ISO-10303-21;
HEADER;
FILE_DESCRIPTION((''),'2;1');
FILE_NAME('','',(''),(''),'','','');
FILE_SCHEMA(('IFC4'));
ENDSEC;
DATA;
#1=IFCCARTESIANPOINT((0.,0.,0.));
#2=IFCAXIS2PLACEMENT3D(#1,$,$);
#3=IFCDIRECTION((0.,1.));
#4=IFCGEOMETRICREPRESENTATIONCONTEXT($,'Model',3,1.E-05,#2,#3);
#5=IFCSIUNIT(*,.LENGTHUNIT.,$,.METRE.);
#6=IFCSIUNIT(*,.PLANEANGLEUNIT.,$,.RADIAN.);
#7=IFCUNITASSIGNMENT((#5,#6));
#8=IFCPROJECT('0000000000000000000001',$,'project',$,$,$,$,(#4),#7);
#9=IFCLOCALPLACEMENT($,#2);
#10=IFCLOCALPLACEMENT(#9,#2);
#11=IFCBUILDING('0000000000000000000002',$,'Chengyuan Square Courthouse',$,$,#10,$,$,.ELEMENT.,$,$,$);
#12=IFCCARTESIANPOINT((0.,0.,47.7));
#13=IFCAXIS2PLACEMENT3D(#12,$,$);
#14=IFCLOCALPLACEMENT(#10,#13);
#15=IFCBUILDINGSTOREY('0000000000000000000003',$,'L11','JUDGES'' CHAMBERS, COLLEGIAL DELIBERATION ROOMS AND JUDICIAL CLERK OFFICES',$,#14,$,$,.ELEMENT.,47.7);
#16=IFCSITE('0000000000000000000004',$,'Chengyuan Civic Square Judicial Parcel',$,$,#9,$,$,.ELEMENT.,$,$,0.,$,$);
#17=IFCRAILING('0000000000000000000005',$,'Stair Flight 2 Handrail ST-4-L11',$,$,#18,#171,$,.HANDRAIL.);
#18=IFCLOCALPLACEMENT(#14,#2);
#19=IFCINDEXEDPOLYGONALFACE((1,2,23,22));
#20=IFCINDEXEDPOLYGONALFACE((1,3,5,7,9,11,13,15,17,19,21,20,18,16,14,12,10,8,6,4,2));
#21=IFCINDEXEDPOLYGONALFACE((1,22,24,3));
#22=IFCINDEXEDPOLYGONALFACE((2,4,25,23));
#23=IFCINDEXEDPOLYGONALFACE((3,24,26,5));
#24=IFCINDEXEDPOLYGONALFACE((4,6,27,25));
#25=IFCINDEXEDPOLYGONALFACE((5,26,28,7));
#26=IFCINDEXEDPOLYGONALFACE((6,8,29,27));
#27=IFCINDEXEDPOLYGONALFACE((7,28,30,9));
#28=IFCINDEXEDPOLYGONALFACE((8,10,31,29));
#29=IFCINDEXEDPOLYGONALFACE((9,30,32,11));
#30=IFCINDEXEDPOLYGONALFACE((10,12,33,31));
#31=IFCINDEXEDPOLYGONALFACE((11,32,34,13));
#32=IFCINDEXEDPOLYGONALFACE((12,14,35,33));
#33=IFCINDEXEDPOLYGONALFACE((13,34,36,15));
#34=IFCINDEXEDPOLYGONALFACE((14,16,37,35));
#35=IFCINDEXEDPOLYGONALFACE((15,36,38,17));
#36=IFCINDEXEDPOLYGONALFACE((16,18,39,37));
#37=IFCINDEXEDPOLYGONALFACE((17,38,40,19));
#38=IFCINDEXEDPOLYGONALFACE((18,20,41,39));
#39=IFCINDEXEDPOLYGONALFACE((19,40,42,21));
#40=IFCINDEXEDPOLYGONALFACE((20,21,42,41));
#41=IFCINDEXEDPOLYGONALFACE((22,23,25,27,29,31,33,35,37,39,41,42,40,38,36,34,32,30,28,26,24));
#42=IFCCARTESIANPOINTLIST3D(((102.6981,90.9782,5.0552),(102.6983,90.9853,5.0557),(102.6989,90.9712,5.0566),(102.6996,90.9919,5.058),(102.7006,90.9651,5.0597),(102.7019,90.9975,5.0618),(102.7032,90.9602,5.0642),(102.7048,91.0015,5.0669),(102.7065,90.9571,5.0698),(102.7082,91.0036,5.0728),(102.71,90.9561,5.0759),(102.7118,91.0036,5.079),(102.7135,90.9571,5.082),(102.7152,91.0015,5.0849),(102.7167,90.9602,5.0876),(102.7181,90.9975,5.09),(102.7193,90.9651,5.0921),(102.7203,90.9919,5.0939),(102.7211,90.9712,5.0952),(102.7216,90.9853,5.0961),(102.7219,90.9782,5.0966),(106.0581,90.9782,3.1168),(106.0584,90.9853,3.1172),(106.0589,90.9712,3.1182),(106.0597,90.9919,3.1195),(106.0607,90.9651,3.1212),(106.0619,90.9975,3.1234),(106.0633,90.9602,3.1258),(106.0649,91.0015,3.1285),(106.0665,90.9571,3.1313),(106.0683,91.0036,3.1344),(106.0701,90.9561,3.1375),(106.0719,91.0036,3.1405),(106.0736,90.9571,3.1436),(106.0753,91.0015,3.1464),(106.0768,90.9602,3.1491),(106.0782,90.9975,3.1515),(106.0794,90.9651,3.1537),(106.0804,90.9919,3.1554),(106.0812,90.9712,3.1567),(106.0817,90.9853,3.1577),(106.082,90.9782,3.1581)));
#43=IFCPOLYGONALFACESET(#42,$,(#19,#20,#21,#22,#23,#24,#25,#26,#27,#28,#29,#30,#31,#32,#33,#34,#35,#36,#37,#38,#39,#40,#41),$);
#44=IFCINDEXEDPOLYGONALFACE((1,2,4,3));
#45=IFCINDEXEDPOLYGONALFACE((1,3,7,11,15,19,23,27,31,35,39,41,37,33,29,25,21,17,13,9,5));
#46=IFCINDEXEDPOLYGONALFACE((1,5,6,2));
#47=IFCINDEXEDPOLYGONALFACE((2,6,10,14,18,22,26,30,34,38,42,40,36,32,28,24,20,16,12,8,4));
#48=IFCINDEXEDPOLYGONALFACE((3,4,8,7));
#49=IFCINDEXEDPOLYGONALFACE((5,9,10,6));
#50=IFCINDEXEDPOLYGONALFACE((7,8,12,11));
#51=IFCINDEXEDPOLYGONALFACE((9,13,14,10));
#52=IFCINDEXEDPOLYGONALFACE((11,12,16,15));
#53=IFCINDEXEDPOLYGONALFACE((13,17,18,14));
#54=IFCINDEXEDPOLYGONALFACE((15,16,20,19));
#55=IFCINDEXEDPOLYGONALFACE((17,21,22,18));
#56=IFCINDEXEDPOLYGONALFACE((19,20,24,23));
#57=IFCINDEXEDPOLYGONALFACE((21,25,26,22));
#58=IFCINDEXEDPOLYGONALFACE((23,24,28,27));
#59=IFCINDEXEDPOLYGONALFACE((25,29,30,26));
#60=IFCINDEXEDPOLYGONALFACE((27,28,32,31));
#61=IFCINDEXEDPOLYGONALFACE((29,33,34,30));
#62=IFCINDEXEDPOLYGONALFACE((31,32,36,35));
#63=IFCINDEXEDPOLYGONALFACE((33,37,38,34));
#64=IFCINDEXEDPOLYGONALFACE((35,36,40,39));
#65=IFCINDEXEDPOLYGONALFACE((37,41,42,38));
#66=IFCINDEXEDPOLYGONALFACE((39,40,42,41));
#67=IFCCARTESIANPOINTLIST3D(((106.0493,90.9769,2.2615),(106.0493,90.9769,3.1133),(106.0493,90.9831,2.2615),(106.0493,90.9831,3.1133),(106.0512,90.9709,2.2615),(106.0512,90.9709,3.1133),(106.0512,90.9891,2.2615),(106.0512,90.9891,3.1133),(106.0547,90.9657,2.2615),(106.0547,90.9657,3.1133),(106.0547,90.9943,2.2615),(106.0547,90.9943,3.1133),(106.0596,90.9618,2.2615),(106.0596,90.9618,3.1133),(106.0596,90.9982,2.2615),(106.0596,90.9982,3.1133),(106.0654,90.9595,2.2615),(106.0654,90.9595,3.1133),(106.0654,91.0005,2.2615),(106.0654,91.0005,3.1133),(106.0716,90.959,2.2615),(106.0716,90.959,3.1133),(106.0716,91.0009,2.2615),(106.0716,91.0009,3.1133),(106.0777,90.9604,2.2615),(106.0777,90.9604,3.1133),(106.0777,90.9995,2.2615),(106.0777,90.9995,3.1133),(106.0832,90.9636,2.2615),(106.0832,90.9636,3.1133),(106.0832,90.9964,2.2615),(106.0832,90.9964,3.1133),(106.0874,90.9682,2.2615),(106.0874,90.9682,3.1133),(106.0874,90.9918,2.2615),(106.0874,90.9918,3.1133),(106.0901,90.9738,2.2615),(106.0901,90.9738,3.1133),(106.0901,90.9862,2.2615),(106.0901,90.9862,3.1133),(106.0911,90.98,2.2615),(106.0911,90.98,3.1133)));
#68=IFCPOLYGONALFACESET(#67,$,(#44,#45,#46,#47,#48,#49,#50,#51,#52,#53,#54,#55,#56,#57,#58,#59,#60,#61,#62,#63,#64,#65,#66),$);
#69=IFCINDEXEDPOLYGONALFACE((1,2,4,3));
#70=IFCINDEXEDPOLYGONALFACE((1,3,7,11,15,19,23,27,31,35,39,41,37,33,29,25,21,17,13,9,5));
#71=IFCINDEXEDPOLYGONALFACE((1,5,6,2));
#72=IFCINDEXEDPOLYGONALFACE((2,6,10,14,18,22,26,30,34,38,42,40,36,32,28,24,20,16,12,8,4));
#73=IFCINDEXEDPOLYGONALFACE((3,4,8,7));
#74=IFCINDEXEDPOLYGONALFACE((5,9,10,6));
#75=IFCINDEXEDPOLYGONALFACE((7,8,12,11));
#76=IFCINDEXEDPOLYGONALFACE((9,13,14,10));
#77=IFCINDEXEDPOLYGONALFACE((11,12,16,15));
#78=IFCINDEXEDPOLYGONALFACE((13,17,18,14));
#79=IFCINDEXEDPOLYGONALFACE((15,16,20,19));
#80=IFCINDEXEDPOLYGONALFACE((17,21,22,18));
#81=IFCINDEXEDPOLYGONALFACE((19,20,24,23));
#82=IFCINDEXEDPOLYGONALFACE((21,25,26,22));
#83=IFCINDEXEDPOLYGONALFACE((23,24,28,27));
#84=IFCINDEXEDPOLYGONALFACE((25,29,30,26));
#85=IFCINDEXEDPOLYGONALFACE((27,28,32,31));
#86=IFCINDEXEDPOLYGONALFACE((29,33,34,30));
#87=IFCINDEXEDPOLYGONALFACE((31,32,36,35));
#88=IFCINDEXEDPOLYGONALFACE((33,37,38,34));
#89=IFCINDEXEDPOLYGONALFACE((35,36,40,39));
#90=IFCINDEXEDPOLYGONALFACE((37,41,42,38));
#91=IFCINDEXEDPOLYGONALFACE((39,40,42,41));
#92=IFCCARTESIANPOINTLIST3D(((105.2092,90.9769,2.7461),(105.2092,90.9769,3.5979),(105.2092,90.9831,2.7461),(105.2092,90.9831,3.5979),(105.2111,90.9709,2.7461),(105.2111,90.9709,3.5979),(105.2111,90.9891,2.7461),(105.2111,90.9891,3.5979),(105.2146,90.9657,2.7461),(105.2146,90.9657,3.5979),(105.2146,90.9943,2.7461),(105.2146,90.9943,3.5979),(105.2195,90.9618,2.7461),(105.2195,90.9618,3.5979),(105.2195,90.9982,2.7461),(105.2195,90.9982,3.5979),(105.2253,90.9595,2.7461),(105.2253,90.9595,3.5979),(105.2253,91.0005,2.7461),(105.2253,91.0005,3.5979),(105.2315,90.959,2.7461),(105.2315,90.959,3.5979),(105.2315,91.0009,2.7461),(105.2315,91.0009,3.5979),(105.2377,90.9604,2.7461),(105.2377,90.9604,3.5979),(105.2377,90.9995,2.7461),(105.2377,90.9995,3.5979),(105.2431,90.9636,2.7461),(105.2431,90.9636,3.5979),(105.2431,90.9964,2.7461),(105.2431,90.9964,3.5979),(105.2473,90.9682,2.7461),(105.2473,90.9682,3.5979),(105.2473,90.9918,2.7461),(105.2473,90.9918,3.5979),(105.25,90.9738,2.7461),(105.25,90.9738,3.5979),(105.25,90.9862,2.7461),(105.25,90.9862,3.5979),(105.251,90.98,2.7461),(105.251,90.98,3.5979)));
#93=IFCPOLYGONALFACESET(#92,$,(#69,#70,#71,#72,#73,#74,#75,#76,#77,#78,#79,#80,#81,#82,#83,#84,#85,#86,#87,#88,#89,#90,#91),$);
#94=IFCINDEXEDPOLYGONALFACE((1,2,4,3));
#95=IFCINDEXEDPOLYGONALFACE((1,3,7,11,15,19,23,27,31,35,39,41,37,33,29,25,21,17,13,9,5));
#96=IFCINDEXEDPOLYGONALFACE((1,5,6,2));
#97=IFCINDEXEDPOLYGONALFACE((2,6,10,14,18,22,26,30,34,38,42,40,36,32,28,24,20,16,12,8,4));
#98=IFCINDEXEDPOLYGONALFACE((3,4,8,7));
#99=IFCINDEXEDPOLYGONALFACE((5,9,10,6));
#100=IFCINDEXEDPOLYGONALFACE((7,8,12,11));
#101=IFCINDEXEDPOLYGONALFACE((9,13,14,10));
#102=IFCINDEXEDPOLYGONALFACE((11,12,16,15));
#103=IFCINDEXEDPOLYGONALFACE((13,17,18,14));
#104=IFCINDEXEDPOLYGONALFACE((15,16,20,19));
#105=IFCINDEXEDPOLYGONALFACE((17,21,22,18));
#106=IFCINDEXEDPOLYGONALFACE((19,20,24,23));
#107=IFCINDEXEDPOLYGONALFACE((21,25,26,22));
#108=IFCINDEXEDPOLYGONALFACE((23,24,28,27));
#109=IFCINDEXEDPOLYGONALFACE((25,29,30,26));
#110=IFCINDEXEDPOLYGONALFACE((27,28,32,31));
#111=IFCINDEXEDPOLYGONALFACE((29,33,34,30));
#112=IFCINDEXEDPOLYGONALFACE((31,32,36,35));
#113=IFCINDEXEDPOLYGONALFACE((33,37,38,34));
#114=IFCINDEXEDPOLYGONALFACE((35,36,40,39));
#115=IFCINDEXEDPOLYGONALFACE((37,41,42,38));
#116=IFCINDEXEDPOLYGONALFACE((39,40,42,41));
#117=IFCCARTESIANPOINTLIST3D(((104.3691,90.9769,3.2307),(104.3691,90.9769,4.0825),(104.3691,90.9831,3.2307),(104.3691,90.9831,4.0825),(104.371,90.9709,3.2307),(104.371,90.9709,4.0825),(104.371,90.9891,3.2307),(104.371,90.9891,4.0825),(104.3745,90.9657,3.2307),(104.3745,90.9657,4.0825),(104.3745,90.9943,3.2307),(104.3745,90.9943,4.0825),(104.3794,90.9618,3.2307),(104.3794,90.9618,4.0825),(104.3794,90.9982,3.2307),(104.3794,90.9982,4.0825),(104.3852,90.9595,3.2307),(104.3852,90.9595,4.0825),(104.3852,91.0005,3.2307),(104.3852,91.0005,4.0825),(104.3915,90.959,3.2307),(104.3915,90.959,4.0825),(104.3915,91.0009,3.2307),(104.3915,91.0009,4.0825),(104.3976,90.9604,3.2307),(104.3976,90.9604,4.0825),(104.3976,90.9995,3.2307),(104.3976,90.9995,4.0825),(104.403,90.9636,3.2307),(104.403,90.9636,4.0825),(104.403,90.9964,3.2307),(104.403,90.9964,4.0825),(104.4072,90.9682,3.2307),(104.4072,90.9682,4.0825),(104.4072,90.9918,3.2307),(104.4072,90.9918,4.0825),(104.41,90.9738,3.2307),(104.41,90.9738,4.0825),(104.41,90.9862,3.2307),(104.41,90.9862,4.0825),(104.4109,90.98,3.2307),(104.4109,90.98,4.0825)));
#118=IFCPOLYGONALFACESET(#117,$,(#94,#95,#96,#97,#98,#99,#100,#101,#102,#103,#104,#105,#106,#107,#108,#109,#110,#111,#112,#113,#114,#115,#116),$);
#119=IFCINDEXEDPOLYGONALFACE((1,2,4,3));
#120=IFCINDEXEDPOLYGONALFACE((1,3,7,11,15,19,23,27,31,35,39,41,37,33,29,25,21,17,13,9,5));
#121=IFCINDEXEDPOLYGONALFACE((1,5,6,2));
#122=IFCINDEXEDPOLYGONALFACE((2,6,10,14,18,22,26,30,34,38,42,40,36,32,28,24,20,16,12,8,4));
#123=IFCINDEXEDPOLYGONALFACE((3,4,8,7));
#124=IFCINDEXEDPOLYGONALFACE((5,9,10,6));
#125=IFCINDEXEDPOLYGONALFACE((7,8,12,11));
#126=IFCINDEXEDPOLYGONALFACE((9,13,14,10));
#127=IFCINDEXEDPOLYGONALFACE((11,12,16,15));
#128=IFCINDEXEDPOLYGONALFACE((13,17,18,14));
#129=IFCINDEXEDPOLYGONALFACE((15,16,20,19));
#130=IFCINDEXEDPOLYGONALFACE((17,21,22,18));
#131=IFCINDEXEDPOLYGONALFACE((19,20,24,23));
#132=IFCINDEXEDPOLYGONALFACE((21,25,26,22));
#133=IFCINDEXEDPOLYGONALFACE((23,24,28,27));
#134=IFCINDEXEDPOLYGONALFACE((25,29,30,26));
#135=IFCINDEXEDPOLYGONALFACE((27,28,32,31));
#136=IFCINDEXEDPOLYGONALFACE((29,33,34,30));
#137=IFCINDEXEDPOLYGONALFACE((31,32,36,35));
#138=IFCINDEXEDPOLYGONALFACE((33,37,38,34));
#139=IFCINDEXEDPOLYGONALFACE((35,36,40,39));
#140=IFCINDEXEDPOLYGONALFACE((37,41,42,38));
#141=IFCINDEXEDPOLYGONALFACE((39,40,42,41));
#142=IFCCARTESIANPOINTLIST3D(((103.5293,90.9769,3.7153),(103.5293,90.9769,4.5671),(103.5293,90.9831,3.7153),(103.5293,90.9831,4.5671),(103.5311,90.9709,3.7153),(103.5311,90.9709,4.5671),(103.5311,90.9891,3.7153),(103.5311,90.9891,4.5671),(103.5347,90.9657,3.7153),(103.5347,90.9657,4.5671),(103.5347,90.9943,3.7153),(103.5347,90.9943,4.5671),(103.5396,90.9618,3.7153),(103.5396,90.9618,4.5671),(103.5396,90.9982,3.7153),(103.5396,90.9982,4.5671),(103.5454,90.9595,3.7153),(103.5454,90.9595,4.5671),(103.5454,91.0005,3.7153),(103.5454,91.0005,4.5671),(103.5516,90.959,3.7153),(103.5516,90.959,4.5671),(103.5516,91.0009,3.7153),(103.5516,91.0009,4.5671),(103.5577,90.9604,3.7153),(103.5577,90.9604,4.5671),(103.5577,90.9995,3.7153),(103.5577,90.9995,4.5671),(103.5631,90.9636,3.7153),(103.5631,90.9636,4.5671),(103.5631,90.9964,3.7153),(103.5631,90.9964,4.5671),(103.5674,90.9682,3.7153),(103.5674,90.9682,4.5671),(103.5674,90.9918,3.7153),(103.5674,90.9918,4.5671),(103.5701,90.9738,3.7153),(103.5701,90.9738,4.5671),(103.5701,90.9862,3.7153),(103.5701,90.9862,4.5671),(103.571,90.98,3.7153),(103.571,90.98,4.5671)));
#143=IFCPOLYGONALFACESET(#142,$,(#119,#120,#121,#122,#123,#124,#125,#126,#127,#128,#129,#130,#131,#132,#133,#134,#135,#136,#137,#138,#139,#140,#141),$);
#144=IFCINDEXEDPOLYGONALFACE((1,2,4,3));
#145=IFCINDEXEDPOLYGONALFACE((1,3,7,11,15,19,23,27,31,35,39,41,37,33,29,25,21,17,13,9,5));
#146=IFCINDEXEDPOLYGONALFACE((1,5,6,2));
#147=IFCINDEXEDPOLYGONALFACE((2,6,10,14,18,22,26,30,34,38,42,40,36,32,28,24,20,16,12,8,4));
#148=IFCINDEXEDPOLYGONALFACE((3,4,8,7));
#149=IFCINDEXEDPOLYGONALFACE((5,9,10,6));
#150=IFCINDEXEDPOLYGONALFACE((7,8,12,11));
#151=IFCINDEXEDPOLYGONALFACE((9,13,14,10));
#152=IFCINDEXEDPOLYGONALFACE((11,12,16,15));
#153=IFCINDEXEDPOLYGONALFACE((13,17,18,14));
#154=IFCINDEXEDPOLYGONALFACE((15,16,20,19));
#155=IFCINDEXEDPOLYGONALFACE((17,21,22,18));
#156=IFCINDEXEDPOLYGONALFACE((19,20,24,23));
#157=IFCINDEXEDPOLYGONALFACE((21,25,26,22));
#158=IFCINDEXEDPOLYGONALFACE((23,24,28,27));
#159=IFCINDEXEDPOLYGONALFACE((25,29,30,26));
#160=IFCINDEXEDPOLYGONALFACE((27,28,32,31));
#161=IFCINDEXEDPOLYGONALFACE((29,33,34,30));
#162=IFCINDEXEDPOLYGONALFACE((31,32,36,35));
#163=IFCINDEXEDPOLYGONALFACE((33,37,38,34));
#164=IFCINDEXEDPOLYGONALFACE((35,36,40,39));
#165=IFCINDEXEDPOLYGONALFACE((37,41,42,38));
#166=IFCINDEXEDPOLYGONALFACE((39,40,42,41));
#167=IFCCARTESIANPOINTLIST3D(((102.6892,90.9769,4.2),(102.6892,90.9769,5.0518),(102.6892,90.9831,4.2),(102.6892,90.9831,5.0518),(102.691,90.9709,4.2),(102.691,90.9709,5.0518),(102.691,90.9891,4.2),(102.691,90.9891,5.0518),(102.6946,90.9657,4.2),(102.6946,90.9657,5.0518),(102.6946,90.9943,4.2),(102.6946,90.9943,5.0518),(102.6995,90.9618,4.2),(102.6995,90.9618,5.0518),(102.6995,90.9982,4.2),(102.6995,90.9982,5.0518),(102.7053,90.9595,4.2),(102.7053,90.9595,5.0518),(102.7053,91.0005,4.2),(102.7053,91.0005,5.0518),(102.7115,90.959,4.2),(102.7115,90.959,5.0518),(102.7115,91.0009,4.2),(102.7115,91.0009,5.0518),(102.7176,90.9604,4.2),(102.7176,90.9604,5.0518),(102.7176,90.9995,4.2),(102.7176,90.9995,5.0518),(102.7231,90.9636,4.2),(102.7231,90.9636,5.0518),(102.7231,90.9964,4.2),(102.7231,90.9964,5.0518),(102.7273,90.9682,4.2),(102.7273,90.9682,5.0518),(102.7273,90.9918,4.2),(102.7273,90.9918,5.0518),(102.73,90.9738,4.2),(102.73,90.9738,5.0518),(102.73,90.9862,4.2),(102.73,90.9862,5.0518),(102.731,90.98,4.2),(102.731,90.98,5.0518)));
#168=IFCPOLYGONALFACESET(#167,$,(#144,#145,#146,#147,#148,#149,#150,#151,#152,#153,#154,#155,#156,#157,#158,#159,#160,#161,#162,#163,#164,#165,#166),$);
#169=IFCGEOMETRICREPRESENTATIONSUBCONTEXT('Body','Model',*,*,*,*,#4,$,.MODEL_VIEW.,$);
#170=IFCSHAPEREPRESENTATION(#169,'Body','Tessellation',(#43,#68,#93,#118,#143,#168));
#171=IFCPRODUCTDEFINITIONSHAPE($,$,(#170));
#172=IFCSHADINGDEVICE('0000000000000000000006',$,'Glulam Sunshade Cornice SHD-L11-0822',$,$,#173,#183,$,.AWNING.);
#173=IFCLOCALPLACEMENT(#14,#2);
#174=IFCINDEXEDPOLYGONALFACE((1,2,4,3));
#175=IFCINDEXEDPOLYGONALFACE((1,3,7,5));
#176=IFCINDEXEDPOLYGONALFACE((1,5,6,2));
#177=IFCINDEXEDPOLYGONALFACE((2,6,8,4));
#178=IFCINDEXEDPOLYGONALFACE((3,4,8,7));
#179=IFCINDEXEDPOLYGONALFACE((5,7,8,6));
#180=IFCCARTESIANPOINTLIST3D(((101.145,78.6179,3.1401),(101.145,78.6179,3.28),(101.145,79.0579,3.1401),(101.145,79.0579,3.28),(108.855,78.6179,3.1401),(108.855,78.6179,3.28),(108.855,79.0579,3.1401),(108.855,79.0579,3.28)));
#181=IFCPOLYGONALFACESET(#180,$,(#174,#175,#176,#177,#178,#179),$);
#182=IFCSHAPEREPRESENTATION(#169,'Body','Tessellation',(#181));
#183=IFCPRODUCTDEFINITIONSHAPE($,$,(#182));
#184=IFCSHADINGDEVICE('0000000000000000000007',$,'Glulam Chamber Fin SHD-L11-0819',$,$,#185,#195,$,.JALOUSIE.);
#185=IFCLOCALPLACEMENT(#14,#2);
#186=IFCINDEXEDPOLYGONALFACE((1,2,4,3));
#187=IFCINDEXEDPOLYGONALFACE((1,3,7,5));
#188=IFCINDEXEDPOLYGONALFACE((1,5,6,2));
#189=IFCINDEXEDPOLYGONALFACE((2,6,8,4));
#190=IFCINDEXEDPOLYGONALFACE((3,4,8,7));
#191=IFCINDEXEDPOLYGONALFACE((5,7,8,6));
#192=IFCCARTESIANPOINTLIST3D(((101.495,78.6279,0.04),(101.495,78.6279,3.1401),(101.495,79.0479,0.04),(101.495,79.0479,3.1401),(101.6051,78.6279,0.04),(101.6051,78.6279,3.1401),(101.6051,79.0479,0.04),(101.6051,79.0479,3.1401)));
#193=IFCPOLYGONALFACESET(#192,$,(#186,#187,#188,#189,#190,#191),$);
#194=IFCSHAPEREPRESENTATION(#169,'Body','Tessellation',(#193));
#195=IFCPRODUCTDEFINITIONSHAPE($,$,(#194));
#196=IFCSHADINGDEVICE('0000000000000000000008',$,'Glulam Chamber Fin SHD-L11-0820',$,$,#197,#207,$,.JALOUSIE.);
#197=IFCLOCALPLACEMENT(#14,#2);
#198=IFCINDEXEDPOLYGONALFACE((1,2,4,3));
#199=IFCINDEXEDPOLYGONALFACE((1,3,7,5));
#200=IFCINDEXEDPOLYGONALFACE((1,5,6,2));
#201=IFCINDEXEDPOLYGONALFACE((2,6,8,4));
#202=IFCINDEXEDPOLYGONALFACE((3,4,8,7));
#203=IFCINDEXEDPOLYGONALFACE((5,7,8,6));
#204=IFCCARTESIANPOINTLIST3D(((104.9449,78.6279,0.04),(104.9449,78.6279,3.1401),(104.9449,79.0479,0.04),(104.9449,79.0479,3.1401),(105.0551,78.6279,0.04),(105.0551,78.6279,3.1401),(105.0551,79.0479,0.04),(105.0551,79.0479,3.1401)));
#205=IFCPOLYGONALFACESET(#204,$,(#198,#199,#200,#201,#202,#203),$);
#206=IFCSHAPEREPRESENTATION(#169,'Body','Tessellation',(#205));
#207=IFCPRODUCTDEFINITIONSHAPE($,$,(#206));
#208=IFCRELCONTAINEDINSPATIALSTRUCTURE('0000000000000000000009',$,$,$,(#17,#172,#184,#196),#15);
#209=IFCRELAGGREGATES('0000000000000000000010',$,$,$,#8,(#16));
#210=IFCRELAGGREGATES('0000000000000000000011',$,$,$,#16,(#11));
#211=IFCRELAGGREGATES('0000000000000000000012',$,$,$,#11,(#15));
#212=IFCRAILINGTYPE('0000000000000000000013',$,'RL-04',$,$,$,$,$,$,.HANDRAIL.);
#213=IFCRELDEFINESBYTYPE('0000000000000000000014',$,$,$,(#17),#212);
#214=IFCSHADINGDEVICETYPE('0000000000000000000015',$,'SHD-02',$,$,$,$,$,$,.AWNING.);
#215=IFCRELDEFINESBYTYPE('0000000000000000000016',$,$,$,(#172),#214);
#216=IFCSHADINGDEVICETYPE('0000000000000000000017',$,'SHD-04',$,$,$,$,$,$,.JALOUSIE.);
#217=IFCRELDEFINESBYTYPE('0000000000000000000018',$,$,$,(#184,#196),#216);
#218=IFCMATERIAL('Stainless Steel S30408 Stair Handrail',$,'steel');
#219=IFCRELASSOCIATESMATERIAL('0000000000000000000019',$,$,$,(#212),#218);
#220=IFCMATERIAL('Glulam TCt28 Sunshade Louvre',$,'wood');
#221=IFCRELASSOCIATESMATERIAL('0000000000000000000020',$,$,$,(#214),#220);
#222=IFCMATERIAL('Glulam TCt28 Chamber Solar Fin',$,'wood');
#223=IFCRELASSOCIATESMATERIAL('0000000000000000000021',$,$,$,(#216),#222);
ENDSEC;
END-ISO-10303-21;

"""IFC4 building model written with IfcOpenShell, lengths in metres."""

from ifc_helpers import new_model, si_unit, direction, frame, origin, origin_2d, place, context, subcontext, project, spatial, rectangle, circle, extrude, material, type_object, element, save


model = new_model("IFC4")

# Units and contexts
model_context = context("Model", 3, precision=1e-05, world=origin(), true_north=direction((0.0, 1.0)))
body_context = subcontext(model_context, "Body", "Model", "MODEL_VIEW")
ifc_project = project(units=[si_unit("LENGTHUNIT", "METRE"), si_unit("PLANEANGLEUNIT", "RADIAN")], contexts=[model_context])

# Site, building, storey
site_placement = place(None, origin())
site = spatial("IfcSite", under=ifc_project, at=site_placement, Name="Chengyuan Civic Square Judicial Parcel", CompositionType="ELEMENT", RefElevation=0.0)
building_placement = place(site_placement, origin())
building = spatial("IfcBuilding", under=site, at=building_placement, Name="Chengyuan Square Courthouse", CompositionType="ELEMENT")
storey_placement = place(building_placement, frame((0.0, 0.0, 47.7)))
storey = spatial("IfcBuildingStorey", under=building, at=storey_placement, Name="L11", Description="JUDGES' CHAMBERS, COLLEGIAL DELIBERATION ROOMS AND JUDICIAL CLERK OFFICES", CompositionType="ELEMENT", Elevation=47.7)

# Railing
ifc_material_1 = material(Name="Stainless Steel S30408 Stair Handrail", Category="steel")
railing_type_1 = type_object("IfcRailingType", Name="RL-04", PredefinedType="HANDRAIL", material=ifc_material_1)
railing_1_placement = place(storey_placement, frame((106.0701, 90.98, 2.2615)))
element("IfcRailing", 1, at=railing_1_placement, inside=storey, type_object=railing_type_1, Name="Stair Flight 2 Handrail ST-4-L11", PredefinedType="HANDRAIL", context=body_context, shape_type="SweptSolid", body=[
    extrude(circle(Radius=0.0239, at=origin_2d()), frame((0.0, 0.0, 0.876), z_axis=(-0.866191, 0.0, 0.499713), x_axis=(0.0, -1.0, 0.0)), (0.0, 0.0, 1.0), 3.8792),
    extrude(circle(Radius=0.021, at=origin_2d()), origin(), (0.0, 0.0, 1.0), 0.8518),
    extrude(circle(Radius=0.021, at=origin_2d()), frame((-0.8401, 0.0, 0.4846)), (0.0, 0.0, 1.0), 0.8518),
    extrude(circle(Radius=0.021, at=origin_2d()), frame((-1.6802, 0.0, 0.9692)), (0.0, 0.0, 1.0), 0.8518),
    extrude(circle(Radius=0.021, at=origin_2d()), frame((-2.52, 0.0, 1.4539)), (0.0, 0.0, 1.0), 0.8518),
    extrude(circle(Radius=0.021, at=origin_2d()), frame((-3.3601, 0.0, 1.9385)), (0.0, 0.0, 1.0), 0.8518),
])

# Shading devices
ifc_material_2 = material(Name="Glulam TCt28 Sunshade Louvre", Category="wood")
shading_device_type_1 = type_object("IfcShadingDeviceType", Name="SHD-02", PredefinedType="AWNING", material=ifc_material_2)
shading_device_placement = place(storey_placement, frame((105.0, 78.8379, 3.1401), z_axis=(0.0, 0.0, 1.0), x_axis=(1.0, 0.0, 0.0)))
element("IfcShadingDevice", 2, at=shading_device_placement, inside=storey, type_object=shading_device_type_1, Name="Glulam Sunshade Cornice SHD-L11-0822", PredefinedType="AWNING", context=body_context, shape_type="SweptSolid", body=[
    extrude(rectangle(XDim=7.71, YDim=0.4399, at=origin_2d()), origin(), (0.0, 0.0, 1.0), 0.1399),
])
ifc_material_3 = material(Name="Glulam TCt28 Chamber Solar Fin", Category="wood")
shading_device_type_2 = type_object("IfcShadingDeviceType", Name="SHD-04", PredefinedType="JALOUSIE", material=ifc_material_3)
for number, where, z_axis, x_axis, name in (
    (3, (101.55, 78.8379, 0.04), (0.0, 0.0, 1.0), (0.0, 1.0, 0.0), "Glulam Chamber Fin SHD-L11-0819"),
    (4, (105.0, 78.8379, 0.04), (0.0, 0.0, 1.0), (0.0, 1.0, 0.0), "Glulam Chamber Fin SHD-L11-0820"),
):
    element("IfcShadingDevice", number, at=place(storey_placement, frame(where, z_axis=z_axis, x_axis=x_axis)), inside=storey, type_object=shading_device_type_2, Name=name, PredefinedType="JALOUSIE", context=body_context, shape_type="SweptSolid", body=[
        extrude(rectangle(XDim=0.4199, YDim=0.1101, at=origin_2d()), origin(), (0.0, 0.0, 1.0), 3.1001),
    ])

save(model, "model.ifc")
